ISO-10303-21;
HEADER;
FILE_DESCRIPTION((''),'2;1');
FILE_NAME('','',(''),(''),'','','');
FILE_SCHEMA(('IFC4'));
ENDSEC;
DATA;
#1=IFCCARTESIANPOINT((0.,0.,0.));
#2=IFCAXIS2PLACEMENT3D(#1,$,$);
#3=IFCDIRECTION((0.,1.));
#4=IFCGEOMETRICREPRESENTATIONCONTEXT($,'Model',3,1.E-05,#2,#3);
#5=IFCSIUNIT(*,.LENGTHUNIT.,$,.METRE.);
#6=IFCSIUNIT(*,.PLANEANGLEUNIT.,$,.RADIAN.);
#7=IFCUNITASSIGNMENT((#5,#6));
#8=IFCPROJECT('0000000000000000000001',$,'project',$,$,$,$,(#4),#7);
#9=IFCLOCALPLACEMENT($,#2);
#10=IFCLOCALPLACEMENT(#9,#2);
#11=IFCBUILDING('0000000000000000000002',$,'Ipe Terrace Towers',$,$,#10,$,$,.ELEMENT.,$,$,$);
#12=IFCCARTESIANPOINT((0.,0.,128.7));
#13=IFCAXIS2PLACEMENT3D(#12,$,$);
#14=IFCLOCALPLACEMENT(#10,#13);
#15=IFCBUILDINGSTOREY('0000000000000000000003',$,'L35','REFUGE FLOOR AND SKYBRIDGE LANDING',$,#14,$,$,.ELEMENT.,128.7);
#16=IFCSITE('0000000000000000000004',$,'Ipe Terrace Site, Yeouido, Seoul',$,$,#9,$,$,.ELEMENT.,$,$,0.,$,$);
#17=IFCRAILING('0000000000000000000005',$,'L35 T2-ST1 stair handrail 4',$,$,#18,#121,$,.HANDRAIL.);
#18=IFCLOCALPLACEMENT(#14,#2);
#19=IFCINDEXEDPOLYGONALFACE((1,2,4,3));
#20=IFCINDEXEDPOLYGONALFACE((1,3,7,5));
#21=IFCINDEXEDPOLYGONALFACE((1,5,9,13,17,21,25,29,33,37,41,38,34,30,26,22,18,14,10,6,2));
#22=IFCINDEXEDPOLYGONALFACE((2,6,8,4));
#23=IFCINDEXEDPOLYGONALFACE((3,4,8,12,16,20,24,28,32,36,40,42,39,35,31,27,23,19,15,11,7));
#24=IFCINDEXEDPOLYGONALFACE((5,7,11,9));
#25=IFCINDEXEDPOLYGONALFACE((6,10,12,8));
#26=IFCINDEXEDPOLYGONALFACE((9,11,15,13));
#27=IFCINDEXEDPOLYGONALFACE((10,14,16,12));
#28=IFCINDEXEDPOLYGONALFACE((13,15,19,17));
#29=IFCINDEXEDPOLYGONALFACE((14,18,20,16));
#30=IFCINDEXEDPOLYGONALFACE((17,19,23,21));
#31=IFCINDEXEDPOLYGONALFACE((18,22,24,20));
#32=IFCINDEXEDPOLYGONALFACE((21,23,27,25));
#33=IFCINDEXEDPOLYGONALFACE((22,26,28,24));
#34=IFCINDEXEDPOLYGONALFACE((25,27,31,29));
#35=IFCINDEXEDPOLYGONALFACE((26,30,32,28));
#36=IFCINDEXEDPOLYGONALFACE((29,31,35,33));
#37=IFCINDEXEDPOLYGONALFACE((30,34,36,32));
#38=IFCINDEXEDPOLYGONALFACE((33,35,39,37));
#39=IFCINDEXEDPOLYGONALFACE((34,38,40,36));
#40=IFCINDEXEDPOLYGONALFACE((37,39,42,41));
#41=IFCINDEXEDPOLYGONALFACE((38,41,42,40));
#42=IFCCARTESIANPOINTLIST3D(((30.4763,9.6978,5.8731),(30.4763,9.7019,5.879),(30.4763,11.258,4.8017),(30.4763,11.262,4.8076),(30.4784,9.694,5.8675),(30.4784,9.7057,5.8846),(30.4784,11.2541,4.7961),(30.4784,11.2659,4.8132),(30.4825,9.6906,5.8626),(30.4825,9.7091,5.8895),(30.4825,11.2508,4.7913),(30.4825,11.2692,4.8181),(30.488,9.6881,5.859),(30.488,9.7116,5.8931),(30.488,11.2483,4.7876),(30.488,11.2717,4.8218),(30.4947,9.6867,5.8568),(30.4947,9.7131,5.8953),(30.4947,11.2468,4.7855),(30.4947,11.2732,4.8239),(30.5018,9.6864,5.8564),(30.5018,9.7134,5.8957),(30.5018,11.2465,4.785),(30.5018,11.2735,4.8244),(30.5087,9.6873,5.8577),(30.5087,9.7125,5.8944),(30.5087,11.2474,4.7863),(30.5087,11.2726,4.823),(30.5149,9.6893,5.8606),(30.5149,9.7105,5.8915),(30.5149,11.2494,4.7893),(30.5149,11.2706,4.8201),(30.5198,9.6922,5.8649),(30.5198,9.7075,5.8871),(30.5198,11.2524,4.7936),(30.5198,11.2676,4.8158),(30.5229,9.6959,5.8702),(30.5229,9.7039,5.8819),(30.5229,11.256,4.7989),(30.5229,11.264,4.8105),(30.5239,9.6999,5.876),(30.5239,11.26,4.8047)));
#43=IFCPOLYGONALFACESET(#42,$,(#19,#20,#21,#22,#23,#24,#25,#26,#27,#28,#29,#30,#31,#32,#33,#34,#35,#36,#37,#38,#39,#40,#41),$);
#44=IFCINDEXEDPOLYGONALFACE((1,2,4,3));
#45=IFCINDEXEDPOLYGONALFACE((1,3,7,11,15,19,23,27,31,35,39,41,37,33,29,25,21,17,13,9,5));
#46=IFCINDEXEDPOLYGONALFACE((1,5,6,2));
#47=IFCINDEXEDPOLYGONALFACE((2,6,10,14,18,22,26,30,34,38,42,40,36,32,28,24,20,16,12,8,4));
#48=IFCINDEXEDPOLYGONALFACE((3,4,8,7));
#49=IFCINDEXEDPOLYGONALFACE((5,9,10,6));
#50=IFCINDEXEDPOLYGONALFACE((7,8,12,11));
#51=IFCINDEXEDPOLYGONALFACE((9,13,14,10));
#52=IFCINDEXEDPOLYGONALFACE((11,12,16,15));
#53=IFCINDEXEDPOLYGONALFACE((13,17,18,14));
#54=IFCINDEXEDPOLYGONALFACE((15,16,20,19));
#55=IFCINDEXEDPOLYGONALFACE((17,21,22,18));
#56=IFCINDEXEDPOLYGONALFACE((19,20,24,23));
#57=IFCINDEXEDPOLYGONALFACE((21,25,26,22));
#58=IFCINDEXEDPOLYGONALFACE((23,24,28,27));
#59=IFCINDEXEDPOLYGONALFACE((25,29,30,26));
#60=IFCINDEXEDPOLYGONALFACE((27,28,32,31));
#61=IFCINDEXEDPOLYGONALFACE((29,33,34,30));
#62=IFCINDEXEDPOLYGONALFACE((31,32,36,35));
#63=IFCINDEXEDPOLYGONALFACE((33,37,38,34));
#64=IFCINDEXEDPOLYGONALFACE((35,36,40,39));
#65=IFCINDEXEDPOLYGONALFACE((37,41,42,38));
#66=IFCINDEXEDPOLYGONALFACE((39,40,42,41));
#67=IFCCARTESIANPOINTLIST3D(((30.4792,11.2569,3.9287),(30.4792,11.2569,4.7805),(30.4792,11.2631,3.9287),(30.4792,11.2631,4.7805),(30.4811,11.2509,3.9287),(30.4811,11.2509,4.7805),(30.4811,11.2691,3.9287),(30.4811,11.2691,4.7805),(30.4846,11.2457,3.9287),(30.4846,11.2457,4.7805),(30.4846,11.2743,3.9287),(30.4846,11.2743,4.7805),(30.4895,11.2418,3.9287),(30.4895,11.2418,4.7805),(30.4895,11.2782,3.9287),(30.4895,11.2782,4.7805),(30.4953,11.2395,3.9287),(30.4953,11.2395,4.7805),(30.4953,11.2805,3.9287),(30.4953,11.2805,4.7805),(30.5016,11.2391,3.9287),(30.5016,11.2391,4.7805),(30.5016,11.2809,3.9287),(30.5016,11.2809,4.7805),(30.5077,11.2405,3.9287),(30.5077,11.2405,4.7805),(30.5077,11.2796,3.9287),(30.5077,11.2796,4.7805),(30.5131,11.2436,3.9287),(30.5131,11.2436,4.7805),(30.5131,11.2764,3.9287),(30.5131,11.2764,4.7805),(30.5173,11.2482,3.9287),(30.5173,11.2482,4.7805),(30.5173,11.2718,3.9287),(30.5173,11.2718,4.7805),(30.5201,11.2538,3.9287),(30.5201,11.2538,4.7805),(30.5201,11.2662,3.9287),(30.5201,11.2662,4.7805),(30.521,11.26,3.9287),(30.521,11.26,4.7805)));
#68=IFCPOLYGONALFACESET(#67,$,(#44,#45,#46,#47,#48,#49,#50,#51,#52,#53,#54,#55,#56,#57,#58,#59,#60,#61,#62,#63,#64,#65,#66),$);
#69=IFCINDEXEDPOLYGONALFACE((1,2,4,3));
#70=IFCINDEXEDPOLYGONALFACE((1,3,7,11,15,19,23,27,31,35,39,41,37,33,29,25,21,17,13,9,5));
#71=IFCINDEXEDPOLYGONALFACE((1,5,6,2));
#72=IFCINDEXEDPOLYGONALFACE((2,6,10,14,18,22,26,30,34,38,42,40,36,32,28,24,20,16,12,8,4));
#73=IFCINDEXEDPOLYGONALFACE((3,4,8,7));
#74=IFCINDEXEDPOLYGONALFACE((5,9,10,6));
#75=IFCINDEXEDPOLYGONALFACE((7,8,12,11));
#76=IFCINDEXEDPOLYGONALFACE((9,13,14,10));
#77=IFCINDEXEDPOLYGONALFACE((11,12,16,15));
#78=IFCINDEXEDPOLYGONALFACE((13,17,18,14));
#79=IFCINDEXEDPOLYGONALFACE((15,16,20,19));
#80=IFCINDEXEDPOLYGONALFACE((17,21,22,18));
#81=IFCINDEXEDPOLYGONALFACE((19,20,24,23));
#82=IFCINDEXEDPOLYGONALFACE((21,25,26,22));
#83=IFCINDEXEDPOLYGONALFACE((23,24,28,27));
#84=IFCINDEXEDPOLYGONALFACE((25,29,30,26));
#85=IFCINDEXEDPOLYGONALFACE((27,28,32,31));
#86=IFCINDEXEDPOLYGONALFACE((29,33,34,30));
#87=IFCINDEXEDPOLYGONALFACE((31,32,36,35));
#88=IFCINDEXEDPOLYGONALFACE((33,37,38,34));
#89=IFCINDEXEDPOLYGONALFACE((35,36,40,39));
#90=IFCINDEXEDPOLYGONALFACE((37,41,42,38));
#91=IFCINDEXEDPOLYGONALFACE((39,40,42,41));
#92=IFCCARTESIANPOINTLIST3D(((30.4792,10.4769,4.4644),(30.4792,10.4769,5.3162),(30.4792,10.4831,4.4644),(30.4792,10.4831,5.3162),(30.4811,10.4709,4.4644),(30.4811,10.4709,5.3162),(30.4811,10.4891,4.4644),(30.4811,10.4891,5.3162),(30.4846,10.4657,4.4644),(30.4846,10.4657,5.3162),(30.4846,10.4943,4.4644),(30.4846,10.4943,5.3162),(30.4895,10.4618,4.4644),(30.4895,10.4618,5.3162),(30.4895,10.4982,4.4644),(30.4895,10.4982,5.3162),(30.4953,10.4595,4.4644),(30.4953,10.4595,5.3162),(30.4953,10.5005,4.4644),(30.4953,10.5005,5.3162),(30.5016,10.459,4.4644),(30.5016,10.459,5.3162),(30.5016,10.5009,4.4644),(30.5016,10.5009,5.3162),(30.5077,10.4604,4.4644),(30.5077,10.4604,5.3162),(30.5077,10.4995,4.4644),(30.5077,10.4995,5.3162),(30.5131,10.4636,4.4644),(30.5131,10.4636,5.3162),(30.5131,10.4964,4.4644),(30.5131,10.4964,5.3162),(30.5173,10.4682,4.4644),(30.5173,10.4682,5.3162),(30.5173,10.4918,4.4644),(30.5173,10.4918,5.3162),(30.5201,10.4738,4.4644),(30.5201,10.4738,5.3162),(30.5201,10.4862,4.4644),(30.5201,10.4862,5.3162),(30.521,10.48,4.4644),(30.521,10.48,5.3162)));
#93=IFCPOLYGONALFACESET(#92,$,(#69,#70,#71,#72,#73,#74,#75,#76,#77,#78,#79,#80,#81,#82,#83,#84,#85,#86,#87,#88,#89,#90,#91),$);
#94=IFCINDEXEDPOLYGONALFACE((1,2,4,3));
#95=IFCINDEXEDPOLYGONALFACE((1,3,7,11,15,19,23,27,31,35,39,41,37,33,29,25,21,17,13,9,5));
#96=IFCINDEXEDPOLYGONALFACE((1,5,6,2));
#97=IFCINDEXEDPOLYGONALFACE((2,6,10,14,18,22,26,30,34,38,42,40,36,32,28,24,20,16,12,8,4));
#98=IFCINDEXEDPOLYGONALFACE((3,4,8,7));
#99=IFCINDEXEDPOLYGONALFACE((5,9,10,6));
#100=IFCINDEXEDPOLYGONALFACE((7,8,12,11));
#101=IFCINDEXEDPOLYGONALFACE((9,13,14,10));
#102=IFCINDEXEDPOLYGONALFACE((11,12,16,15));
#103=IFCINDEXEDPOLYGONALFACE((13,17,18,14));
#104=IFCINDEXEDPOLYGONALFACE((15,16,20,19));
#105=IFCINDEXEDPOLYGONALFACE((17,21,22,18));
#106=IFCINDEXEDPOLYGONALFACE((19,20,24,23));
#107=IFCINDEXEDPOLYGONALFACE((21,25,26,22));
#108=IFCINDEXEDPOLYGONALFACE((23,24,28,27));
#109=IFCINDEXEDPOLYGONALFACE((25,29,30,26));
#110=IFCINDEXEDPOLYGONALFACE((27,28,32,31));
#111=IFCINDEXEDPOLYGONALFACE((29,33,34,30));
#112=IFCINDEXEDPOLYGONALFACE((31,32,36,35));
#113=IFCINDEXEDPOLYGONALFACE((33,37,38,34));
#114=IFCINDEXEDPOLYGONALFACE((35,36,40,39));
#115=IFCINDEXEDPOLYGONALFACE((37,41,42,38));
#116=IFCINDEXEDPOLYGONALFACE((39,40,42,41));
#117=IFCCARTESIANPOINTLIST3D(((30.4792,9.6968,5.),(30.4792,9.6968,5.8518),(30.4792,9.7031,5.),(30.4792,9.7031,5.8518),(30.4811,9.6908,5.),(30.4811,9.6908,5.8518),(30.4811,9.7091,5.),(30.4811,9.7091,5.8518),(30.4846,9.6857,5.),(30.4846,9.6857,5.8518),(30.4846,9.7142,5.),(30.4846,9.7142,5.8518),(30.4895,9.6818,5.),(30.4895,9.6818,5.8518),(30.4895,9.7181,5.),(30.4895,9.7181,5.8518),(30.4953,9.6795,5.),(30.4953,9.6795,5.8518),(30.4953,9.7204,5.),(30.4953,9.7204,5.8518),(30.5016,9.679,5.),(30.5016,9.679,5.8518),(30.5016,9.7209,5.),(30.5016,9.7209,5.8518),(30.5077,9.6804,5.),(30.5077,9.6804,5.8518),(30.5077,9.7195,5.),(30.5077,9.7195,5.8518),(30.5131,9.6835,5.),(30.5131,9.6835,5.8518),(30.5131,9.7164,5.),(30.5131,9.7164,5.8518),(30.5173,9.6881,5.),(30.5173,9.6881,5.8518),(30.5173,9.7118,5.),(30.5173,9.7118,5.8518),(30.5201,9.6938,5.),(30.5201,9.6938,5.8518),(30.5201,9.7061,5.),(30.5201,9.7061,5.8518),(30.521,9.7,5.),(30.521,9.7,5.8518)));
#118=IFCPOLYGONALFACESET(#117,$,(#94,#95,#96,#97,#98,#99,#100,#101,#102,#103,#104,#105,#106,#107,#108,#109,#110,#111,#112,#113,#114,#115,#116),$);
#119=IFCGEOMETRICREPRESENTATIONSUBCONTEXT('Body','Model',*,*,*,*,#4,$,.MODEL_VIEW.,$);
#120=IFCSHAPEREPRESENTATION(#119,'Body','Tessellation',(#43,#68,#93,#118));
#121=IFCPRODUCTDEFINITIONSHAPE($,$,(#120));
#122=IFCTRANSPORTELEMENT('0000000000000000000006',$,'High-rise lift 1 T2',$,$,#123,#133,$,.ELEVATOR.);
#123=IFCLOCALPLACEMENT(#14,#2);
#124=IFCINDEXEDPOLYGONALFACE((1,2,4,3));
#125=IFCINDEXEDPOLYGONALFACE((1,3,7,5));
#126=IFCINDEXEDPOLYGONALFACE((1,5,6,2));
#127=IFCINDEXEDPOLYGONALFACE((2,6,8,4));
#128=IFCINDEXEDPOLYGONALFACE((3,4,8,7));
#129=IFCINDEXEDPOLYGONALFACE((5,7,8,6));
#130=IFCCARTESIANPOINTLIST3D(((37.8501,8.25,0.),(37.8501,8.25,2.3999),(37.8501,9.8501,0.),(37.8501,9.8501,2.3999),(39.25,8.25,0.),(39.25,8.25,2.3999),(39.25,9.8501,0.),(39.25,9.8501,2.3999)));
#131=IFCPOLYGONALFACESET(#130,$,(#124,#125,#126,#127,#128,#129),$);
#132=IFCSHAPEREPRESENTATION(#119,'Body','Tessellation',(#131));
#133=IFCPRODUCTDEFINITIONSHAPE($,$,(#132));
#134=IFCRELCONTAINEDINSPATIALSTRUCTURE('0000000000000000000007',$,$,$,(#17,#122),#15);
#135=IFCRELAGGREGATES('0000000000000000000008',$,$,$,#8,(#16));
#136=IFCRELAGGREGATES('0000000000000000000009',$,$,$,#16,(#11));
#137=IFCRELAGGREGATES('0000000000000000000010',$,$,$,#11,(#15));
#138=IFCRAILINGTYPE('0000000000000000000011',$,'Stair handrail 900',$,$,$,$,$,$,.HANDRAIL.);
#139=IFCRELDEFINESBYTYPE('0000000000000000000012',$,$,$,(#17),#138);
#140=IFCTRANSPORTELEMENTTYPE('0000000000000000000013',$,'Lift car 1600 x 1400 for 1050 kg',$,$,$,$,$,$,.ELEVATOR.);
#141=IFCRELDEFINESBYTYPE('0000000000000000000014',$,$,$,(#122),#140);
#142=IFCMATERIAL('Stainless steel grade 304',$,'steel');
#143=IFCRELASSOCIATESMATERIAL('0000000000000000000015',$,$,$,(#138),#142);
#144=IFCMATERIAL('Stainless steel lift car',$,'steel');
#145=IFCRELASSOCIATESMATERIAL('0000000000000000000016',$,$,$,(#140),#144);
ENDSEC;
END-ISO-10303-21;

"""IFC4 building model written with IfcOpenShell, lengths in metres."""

from ifc_helpers import new_model, si_unit, direction, frame, origin, origin_2d, place, context, subcontext, project, spatial, rectangle, circle, extrude, material, type_object, element, save


model = new_model("IFC4")

# Units and contexts
model_context = context("Model", 3, precision=1e-05, world=origin(), true_north=direction((0.0, 1.0)))
body_context = subcontext(model_context, "Body", "Model", "MODEL_VIEW")
ifc_project = project(units=[si_unit("LENGTHUNIT", "METRE"), si_unit("PLANEANGLEUNIT", "RADIAN")], contexts=[model_context])

# Site, building, storey
site_placement = place(None, origin())
site = spatial("IfcSite", under=ifc_project, at=site_placement, Name="Ipe Terrace Site, Yeouido, Seoul", CompositionType="ELEMENT", RefElevation=0.0)
building_placement = place(site_placement, origin())
building = spatial("IfcBuilding", under=site, at=building_placement, Name="Ipe Terrace Towers", CompositionType="ELEMENT")
storey_placement = place(building_placement, frame((0.0, 0.0, 128.7)))
storey = spatial("IfcBuildingStorey", under=building, at=storey_placement, Name="L35", Description="REFUGE FLOOR AND SKYBRIDGE LANDING", CompositionType="ELEMENT", Elevation=128.7)

# Railing
ifc_material_1 = material(Name="Stainless steel grade 304", Category="steel")
railing_type_1 = type_object("IfcRailingType", Name="Stair handrail 900", PredefinedType="HANDRAIL", material=ifc_material_1)
railing_1_placement = place(storey_placement, frame((30.5, 11.26, 3.9287)))
element("IfcRailing", 1, at=railing_1_placement, inside=storey, type_object=railing_type_1, Name="L35 T2-ST1 stair handrail 4", PredefinedType="HANDRAIL", context=body_context, shape_type="SweptSolid", body=[
    extrude(circle(Radius=0.0239, at=origin_2d()), frame((0.0, 0.0, 0.876), z_axis=(0.0, -0.82435, 0.56608), x_axis=(1.0, 0.0, 0.0)), (0.0, 0.0, 1.0), 1.8926),
    extrude(circle(Radius=0.021, at=origin_2d()), origin(), (0.0, 0.0, 1.0), 0.8518),
    extrude(circle(Radius=0.021, at=origin_2d()), frame((0.0, -0.78, 0.5356)), (0.0, 0.0, 1.0), 0.8518),
    extrude(circle(Radius=0.021, at=origin_2d()), frame((0.0, -1.5601, 1.0713)), (0.0, 0.0, 1.0), 0.8518),
])

# Transport element
ifc_material_2 = material(Name="Stainless steel lift car", Category="steel")
transport_element_type = type_object("IfcTransportElementType", Name="Lift car 1600 x 1400 for 1050 kg", PredefinedType="ELEVATOR", material=ifc_material_2)
transport_element_placement = place(storey_placement, frame((38.55, 9.05, 0.0), z_axis=(0.0, 0.0, 1.0), x_axis=(1.0, 0.0, 0.0)))
element("IfcTransportElement", 2, at=transport_element_placement, inside=storey, type_object=transport_element_type, Name="High-rise lift 1 T2", PredefinedType="ELEVATOR", context=body_context, shape_type="SweptSolid", body=[
    extrude(rectangle(XDim=1.3999, YDim=1.6001, at=origin_2d()), origin(), (0.0, 0.0, 1.0), 2.3999),
])

save(model, "model.ifc")
